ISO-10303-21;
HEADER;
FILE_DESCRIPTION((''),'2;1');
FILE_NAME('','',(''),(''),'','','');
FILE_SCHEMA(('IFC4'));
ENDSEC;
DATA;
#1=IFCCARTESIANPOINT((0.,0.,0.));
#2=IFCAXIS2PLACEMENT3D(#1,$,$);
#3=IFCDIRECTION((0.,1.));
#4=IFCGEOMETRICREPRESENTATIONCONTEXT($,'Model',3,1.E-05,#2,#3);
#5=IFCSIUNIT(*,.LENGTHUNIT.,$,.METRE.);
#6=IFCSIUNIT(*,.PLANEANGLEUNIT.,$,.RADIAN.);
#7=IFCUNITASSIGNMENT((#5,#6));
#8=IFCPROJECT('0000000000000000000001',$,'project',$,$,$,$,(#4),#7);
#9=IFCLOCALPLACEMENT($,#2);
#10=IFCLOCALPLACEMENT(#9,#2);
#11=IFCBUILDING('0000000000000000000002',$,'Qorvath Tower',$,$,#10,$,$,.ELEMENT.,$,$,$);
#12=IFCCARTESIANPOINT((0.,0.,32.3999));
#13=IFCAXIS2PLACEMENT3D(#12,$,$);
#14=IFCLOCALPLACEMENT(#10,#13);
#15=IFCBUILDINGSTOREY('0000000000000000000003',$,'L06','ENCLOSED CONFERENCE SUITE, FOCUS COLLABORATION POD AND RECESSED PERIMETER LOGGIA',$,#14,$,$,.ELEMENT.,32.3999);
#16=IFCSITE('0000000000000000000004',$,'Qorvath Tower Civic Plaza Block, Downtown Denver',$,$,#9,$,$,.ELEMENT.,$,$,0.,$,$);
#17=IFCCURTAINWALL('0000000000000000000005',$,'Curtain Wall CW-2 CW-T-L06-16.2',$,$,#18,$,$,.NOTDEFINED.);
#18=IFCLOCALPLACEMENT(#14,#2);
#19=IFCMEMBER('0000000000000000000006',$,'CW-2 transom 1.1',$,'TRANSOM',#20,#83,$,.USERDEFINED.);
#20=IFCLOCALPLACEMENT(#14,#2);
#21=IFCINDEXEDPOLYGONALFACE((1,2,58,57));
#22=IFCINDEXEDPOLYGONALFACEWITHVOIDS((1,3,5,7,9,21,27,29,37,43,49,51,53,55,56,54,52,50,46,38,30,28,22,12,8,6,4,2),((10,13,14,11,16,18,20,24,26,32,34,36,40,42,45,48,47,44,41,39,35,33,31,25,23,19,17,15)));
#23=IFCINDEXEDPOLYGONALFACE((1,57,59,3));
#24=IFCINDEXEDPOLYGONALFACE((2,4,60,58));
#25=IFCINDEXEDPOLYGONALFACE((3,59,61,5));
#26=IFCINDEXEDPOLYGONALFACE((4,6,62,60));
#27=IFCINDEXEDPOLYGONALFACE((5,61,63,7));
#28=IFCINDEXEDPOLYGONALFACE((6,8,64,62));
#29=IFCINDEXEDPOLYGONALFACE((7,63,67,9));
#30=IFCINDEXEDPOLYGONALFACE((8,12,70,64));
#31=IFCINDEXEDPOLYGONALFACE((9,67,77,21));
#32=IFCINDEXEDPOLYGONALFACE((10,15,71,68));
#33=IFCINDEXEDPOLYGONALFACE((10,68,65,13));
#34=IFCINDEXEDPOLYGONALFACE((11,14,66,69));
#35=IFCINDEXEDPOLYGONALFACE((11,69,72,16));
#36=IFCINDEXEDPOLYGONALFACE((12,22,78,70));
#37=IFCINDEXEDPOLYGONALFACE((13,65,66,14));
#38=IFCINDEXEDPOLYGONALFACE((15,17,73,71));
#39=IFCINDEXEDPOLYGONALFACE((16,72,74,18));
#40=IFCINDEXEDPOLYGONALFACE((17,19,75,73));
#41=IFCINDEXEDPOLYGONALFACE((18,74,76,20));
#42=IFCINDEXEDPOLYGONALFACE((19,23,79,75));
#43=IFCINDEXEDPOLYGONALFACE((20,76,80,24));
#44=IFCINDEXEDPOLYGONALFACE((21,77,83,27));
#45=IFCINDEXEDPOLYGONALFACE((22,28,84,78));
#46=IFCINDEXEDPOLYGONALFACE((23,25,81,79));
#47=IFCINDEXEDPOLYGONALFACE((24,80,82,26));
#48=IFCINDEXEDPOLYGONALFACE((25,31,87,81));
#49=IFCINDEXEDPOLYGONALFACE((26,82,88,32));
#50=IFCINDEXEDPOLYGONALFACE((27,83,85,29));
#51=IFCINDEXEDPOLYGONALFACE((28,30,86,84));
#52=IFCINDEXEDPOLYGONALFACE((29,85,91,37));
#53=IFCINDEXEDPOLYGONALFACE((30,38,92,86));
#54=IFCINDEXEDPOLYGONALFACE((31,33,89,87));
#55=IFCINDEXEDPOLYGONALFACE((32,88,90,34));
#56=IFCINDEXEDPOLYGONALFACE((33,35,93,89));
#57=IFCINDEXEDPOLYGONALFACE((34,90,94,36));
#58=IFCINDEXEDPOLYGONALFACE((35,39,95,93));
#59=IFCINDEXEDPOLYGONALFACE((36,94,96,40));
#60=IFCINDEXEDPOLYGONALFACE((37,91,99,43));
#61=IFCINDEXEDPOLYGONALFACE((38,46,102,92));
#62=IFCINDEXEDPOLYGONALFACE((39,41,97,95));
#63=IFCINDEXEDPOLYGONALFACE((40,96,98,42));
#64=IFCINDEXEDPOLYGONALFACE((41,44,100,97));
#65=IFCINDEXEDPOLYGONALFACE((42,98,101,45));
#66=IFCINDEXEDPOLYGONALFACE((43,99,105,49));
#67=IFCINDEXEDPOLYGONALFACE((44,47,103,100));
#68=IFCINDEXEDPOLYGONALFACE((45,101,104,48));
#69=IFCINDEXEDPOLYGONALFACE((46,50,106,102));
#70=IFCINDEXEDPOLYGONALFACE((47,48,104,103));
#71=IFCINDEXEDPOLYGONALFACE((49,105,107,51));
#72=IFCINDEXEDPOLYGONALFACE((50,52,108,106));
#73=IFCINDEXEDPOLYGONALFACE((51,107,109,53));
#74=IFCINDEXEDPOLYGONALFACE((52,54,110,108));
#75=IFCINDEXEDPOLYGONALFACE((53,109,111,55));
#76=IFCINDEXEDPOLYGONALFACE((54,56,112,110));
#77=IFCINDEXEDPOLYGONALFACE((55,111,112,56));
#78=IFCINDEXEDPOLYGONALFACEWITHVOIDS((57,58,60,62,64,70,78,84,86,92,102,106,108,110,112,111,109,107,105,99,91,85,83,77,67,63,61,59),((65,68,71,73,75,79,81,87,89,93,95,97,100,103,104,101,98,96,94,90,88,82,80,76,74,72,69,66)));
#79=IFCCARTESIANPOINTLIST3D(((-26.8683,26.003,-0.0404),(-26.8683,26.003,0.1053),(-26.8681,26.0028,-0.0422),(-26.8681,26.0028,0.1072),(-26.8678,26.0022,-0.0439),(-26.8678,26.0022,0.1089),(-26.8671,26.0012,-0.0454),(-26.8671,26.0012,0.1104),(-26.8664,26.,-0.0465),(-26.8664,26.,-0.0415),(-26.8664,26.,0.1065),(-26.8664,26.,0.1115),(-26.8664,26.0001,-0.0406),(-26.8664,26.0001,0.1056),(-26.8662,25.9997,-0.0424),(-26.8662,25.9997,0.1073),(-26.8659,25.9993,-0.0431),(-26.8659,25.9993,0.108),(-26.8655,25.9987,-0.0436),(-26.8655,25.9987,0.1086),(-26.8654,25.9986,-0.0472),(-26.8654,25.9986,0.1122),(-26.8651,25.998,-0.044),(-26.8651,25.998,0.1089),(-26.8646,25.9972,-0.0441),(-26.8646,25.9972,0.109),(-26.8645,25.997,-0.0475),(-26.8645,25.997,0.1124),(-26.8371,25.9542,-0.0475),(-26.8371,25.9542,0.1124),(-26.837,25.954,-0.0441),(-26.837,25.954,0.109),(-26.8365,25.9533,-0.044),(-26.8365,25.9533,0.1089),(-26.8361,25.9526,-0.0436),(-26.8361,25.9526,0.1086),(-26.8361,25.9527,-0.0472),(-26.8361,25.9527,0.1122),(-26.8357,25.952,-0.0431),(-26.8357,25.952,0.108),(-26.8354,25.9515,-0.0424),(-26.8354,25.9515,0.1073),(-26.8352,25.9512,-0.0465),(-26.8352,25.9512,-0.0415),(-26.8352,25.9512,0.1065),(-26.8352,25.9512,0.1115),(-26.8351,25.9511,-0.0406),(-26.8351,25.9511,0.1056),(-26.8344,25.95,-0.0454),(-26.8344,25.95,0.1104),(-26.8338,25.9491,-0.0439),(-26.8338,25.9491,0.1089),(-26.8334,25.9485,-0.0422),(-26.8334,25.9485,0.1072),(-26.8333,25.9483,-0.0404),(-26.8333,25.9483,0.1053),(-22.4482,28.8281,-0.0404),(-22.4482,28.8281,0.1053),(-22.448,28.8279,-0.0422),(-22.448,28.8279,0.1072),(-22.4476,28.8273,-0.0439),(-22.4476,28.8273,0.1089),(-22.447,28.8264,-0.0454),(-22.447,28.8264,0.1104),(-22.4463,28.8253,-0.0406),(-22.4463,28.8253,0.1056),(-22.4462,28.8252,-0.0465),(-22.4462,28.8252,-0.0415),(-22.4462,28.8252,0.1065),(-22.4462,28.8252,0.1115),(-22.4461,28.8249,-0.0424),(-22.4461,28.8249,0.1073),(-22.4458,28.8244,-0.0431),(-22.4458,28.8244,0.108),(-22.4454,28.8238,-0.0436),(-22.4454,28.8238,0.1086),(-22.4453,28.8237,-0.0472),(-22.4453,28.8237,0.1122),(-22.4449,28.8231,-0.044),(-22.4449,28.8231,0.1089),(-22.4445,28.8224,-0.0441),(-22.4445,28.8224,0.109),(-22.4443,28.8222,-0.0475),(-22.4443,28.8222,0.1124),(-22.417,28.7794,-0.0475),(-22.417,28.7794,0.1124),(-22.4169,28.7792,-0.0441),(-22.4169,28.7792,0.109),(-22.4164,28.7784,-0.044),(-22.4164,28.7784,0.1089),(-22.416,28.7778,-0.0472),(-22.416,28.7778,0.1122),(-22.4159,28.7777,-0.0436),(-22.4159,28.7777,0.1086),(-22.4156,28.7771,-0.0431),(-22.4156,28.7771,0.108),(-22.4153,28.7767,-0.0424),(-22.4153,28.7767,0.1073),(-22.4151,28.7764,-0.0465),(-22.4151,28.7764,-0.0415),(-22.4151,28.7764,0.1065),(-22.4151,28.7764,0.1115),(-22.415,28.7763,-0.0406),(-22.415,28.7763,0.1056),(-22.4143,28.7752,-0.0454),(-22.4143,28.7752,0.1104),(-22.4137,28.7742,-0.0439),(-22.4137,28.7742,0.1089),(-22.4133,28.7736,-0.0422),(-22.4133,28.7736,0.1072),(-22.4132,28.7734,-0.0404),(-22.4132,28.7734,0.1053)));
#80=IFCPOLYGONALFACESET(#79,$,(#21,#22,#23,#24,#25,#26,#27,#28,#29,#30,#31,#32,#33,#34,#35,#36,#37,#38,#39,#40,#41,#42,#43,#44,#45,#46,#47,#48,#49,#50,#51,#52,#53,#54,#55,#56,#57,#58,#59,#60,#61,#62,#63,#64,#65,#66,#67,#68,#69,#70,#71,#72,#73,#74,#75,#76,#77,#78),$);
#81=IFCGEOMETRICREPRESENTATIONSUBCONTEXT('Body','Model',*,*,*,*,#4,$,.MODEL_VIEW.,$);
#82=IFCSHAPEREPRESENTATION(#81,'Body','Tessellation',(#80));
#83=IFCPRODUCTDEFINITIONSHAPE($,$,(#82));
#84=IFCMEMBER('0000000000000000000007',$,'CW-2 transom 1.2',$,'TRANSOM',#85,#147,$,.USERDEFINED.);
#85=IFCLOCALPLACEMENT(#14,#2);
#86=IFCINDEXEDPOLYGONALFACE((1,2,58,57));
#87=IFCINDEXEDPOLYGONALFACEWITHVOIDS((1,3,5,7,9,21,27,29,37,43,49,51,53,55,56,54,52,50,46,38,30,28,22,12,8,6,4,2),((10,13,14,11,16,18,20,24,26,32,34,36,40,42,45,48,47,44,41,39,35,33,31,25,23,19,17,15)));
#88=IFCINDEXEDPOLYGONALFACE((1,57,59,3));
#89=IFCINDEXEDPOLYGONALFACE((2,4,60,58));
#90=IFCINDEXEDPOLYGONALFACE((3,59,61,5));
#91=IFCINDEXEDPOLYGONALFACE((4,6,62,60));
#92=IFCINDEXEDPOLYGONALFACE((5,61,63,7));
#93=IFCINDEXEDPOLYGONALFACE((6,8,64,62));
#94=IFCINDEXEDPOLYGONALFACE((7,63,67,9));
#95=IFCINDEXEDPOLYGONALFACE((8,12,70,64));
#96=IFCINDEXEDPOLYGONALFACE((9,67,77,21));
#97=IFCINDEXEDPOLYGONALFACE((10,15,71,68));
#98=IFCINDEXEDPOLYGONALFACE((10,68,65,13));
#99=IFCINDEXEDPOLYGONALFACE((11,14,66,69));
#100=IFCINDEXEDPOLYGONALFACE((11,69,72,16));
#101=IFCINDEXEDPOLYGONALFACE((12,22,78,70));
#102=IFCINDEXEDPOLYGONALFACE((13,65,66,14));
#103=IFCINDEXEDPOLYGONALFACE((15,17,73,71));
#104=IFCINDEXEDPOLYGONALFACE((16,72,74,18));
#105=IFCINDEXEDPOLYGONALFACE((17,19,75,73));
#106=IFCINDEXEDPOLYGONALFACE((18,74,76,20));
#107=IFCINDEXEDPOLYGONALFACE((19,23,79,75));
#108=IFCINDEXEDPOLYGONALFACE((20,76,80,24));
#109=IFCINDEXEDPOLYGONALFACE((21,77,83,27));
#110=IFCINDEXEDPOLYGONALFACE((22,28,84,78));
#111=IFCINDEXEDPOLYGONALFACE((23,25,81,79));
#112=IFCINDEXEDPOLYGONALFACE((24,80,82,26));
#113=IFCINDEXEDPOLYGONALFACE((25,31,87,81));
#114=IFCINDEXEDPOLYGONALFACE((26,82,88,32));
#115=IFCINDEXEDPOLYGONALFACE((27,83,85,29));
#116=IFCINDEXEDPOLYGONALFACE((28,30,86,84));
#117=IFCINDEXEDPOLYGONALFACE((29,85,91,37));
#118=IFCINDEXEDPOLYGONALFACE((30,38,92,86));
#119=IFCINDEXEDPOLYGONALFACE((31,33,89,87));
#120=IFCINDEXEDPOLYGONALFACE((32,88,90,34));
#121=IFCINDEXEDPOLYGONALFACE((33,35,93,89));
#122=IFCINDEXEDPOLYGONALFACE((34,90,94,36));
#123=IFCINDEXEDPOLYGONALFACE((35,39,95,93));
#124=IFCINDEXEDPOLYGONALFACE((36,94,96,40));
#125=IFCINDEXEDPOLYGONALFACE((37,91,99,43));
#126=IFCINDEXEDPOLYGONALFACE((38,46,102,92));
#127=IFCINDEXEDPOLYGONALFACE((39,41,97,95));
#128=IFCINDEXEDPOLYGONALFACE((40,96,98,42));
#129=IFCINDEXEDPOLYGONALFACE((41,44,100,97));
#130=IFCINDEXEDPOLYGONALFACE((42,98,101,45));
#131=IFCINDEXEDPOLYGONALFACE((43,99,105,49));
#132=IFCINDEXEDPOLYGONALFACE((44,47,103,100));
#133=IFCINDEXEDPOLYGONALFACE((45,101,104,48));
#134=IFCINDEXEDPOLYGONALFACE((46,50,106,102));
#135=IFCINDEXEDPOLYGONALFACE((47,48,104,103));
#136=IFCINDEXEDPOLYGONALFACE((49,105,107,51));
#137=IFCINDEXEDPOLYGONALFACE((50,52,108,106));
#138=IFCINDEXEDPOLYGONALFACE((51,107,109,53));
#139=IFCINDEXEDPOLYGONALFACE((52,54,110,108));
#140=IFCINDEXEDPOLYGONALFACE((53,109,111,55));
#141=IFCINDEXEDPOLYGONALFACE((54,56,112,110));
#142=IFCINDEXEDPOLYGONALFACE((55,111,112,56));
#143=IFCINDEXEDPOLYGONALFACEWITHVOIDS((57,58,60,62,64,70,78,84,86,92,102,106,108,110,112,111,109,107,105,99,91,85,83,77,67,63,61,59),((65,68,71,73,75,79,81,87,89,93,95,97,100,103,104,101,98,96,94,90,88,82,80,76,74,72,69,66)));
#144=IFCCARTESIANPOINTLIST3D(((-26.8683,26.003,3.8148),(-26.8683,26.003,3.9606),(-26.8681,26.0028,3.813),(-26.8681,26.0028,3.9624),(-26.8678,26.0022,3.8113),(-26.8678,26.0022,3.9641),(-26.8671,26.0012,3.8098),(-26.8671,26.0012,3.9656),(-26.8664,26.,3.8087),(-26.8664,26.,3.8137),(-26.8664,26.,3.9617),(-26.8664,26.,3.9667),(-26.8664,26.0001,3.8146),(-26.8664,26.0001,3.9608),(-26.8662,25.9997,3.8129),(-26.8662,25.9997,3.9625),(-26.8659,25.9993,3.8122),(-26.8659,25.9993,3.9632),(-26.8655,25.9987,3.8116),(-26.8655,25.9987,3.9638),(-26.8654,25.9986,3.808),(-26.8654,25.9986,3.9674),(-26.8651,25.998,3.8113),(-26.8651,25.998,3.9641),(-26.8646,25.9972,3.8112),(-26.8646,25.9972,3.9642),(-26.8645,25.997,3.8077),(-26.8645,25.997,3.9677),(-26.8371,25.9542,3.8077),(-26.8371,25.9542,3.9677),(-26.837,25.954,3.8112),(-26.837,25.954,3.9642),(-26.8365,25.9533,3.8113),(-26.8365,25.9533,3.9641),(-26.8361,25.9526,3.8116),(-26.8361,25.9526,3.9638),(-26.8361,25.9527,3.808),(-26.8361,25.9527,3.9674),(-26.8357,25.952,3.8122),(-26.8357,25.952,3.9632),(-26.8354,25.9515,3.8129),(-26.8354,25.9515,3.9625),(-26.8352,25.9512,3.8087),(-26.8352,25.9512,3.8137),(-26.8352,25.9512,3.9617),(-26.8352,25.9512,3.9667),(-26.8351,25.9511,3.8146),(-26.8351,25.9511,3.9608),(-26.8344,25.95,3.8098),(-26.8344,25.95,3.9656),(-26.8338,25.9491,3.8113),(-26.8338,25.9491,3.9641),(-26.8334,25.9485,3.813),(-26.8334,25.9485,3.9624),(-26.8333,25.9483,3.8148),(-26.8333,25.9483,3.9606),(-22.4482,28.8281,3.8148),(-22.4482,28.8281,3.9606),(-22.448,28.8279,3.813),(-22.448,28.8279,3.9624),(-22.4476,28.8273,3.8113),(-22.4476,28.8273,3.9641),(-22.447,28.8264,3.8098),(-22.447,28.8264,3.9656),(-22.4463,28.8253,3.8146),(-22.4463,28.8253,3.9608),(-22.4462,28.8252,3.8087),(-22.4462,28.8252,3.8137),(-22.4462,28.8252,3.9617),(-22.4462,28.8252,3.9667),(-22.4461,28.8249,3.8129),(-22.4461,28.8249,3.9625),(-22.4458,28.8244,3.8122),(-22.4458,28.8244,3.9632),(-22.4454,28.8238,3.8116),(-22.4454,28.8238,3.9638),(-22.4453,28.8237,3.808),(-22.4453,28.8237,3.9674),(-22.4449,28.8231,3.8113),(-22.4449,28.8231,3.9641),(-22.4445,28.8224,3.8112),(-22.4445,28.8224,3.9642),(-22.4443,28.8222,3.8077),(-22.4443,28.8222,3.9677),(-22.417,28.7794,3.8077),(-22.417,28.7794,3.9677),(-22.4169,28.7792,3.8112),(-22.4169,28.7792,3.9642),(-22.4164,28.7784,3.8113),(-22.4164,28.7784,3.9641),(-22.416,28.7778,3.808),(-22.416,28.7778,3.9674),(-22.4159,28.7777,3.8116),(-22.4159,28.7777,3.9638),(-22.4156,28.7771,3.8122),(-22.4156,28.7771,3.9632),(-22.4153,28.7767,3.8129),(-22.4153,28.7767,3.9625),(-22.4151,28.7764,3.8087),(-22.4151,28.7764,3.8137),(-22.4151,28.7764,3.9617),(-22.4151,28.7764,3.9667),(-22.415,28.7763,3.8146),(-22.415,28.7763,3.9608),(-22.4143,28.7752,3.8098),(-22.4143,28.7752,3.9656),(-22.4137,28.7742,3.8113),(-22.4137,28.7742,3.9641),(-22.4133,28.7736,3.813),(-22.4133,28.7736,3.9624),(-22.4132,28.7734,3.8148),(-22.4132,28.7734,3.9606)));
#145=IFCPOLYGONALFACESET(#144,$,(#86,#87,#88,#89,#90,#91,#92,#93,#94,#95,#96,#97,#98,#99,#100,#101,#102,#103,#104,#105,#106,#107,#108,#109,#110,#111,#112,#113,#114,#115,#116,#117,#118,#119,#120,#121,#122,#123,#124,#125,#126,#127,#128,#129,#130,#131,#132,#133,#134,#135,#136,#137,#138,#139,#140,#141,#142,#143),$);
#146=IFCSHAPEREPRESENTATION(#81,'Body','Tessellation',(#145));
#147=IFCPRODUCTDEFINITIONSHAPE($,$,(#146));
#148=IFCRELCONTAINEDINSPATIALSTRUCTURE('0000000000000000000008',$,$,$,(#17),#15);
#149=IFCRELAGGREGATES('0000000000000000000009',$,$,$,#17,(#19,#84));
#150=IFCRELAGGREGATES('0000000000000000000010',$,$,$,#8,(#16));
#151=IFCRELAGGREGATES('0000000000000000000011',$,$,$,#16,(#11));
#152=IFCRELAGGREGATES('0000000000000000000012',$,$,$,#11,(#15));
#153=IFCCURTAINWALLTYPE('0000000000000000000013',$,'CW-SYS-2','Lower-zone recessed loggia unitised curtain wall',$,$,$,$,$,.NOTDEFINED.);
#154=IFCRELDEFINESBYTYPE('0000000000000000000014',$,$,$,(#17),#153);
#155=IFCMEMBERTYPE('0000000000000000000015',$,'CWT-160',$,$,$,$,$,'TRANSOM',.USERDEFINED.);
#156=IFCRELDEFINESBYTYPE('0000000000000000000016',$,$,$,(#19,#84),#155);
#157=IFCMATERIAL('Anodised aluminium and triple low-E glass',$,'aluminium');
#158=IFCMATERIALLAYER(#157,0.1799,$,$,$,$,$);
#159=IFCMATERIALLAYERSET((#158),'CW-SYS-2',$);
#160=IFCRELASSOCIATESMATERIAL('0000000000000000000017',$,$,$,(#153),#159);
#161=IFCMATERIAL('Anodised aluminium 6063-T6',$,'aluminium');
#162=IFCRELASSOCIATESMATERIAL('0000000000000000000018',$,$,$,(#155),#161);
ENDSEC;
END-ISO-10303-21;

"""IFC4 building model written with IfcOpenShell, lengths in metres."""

from ifc_helpers import new_model, si_unit, direction, frame, origin, origin_2d, place, context, subcontext, project, spatial, hollow_rectangle, extrude, material, layer, layer_set, material_profile, profile_set, type_object, element, aggregate, save


model = new_model("IFC4")

# Units and contexts
model_context = context("Model", 3, precision=1e-05, world=origin(), true_north=direction((0.0, 1.0)))
body_context = subcontext(model_context, "Body", "Model", "MODEL_VIEW")
ifc_project = project(units=[si_unit("LENGTHUNIT", "METRE"), si_unit("PLANEANGLEUNIT", "RADIAN")], contexts=[model_context])

# Site, building, storey
site_placement = place(None, origin())
site = spatial("IfcSite", under=ifc_project, at=site_placement, Name="Qorvath Tower Civic Plaza Block, Downtown Denver", CompositionType="ELEMENT", RefElevation=0.0)
building_placement = place(site_placement, origin())
building = spatial("IfcBuilding", under=site, at=building_placement, Name="Qorvath Tower", CompositionType="ELEMENT")
storey_placement = place(building_placement, frame((0.0, 0.0, 32.3999)))
storey = spatial("IfcBuildingStorey", under=building, at=storey_placement, Name="L06", Description="ENCLOSED CONFERENCE SUITE, FOCUS COLLABORATION POD AND RECESSED PERIMETER LOGGIA", CompositionType="ELEMENT", Elevation=32.3999)

# Shared definitions
ifc_material_1 = material(Name="Anodised aluminium and triple low-E glass", Category="aluminium")
ifc_layer_1 = layer(ifc_material_1, 0.1799)
ifc_layer_set_1 = layer_set([ifc_layer_1], Name="CW-SYS-2")
curtain_wall_type = type_object("IfcCurtainWallType", Name="CW-SYS-2", Description="Lower-zone recessed loggia unitised curtain wall", PredefinedType="NOTDEFINED", material=ifc_layer_set_1)

# Curtain wall, members
curtain_wall_1_placement = place(storey_placement, origin())
curtain_wall_1 = element("IfcCurtainWall", 1, at=curtain_wall_1_placement, inside=storey, type_object=curtain_wall_type, Name="Curtain Wall CW-2 CW-T-L06-16.2", PredefinedType="NOTDEFINED")
ifc_material_2 = material(Name="Anodised aluminium 6063-T6", Category="aluminium")
ifc_material_profile_1 = material_profile(ifc_material_2, hollow_rectangle(XDim=0.0649, YDim=0.1599, WallThickness=0.0034, InnerFilletRadius=0.0034, OuterFilletRadius=0.0071, at=origin_2d()), Name="CWT 160x65")
ifc_profile_set_1 = profile_set([ifc_material_profile_1], Name="Anodised aluminium 6063-T6")
member_type_1 = type_object("IfcMemberType", Name="CWT-160", ElementType="TRANSOM", PredefinedType="USERDEFINED", material=ifc_profile_set_1)
member_1_placement = place(storey_placement, frame((-22.4307, 28.8008, 0.0325), z_axis=(-0.842592, -0.538552, 0.0), x_axis=(0.538552, -0.842592, 0.0)))
member_1 = element("IfcMember", 2, at=member_1_placement, type_object=member_type_1, Name="CW-2 transom 1.1", ObjectType="TRANSOM", PredefinedType="USERDEFINED", context=body_context, shape_type="SweptSolid", body=[
    extrude(hollow_rectangle(XDim=0.0649, YDim=0.1599, WallThickness=0.0034, InnerFilletRadius=0.0034, OuterFilletRadius=0.0071, at=origin_2d()), origin(), (0.0, 0.0, 1.0), 5.2458),
])
member_2_placement = place(storey_placement, frame((-22.4307, 28.8008, 3.8877), z_axis=(-0.842592, -0.538552, 0.0), x_axis=(0.538552, -0.842592, 0.0)))
member_2 = element("IfcMember", 3, at=member_2_placement, type_object=member_type_1, Name="CW-2 transom 1.2", ObjectType="TRANSOM", PredefinedType="USERDEFINED", context=body_context, shape_type="SweptSolid", body=[
    extrude(hollow_rectangle(XDim=0.0649, YDim=0.1599, WallThickness=0.0034, InnerFilletRadius=0.0034, OuterFilletRadius=0.0071, at=origin_2d()), origin(), (0.0, 0.0, 1.0), 5.2458),
])
aggregate(curtain_wall_1, [member_1, member_2])

save(model, "model.ifc")
